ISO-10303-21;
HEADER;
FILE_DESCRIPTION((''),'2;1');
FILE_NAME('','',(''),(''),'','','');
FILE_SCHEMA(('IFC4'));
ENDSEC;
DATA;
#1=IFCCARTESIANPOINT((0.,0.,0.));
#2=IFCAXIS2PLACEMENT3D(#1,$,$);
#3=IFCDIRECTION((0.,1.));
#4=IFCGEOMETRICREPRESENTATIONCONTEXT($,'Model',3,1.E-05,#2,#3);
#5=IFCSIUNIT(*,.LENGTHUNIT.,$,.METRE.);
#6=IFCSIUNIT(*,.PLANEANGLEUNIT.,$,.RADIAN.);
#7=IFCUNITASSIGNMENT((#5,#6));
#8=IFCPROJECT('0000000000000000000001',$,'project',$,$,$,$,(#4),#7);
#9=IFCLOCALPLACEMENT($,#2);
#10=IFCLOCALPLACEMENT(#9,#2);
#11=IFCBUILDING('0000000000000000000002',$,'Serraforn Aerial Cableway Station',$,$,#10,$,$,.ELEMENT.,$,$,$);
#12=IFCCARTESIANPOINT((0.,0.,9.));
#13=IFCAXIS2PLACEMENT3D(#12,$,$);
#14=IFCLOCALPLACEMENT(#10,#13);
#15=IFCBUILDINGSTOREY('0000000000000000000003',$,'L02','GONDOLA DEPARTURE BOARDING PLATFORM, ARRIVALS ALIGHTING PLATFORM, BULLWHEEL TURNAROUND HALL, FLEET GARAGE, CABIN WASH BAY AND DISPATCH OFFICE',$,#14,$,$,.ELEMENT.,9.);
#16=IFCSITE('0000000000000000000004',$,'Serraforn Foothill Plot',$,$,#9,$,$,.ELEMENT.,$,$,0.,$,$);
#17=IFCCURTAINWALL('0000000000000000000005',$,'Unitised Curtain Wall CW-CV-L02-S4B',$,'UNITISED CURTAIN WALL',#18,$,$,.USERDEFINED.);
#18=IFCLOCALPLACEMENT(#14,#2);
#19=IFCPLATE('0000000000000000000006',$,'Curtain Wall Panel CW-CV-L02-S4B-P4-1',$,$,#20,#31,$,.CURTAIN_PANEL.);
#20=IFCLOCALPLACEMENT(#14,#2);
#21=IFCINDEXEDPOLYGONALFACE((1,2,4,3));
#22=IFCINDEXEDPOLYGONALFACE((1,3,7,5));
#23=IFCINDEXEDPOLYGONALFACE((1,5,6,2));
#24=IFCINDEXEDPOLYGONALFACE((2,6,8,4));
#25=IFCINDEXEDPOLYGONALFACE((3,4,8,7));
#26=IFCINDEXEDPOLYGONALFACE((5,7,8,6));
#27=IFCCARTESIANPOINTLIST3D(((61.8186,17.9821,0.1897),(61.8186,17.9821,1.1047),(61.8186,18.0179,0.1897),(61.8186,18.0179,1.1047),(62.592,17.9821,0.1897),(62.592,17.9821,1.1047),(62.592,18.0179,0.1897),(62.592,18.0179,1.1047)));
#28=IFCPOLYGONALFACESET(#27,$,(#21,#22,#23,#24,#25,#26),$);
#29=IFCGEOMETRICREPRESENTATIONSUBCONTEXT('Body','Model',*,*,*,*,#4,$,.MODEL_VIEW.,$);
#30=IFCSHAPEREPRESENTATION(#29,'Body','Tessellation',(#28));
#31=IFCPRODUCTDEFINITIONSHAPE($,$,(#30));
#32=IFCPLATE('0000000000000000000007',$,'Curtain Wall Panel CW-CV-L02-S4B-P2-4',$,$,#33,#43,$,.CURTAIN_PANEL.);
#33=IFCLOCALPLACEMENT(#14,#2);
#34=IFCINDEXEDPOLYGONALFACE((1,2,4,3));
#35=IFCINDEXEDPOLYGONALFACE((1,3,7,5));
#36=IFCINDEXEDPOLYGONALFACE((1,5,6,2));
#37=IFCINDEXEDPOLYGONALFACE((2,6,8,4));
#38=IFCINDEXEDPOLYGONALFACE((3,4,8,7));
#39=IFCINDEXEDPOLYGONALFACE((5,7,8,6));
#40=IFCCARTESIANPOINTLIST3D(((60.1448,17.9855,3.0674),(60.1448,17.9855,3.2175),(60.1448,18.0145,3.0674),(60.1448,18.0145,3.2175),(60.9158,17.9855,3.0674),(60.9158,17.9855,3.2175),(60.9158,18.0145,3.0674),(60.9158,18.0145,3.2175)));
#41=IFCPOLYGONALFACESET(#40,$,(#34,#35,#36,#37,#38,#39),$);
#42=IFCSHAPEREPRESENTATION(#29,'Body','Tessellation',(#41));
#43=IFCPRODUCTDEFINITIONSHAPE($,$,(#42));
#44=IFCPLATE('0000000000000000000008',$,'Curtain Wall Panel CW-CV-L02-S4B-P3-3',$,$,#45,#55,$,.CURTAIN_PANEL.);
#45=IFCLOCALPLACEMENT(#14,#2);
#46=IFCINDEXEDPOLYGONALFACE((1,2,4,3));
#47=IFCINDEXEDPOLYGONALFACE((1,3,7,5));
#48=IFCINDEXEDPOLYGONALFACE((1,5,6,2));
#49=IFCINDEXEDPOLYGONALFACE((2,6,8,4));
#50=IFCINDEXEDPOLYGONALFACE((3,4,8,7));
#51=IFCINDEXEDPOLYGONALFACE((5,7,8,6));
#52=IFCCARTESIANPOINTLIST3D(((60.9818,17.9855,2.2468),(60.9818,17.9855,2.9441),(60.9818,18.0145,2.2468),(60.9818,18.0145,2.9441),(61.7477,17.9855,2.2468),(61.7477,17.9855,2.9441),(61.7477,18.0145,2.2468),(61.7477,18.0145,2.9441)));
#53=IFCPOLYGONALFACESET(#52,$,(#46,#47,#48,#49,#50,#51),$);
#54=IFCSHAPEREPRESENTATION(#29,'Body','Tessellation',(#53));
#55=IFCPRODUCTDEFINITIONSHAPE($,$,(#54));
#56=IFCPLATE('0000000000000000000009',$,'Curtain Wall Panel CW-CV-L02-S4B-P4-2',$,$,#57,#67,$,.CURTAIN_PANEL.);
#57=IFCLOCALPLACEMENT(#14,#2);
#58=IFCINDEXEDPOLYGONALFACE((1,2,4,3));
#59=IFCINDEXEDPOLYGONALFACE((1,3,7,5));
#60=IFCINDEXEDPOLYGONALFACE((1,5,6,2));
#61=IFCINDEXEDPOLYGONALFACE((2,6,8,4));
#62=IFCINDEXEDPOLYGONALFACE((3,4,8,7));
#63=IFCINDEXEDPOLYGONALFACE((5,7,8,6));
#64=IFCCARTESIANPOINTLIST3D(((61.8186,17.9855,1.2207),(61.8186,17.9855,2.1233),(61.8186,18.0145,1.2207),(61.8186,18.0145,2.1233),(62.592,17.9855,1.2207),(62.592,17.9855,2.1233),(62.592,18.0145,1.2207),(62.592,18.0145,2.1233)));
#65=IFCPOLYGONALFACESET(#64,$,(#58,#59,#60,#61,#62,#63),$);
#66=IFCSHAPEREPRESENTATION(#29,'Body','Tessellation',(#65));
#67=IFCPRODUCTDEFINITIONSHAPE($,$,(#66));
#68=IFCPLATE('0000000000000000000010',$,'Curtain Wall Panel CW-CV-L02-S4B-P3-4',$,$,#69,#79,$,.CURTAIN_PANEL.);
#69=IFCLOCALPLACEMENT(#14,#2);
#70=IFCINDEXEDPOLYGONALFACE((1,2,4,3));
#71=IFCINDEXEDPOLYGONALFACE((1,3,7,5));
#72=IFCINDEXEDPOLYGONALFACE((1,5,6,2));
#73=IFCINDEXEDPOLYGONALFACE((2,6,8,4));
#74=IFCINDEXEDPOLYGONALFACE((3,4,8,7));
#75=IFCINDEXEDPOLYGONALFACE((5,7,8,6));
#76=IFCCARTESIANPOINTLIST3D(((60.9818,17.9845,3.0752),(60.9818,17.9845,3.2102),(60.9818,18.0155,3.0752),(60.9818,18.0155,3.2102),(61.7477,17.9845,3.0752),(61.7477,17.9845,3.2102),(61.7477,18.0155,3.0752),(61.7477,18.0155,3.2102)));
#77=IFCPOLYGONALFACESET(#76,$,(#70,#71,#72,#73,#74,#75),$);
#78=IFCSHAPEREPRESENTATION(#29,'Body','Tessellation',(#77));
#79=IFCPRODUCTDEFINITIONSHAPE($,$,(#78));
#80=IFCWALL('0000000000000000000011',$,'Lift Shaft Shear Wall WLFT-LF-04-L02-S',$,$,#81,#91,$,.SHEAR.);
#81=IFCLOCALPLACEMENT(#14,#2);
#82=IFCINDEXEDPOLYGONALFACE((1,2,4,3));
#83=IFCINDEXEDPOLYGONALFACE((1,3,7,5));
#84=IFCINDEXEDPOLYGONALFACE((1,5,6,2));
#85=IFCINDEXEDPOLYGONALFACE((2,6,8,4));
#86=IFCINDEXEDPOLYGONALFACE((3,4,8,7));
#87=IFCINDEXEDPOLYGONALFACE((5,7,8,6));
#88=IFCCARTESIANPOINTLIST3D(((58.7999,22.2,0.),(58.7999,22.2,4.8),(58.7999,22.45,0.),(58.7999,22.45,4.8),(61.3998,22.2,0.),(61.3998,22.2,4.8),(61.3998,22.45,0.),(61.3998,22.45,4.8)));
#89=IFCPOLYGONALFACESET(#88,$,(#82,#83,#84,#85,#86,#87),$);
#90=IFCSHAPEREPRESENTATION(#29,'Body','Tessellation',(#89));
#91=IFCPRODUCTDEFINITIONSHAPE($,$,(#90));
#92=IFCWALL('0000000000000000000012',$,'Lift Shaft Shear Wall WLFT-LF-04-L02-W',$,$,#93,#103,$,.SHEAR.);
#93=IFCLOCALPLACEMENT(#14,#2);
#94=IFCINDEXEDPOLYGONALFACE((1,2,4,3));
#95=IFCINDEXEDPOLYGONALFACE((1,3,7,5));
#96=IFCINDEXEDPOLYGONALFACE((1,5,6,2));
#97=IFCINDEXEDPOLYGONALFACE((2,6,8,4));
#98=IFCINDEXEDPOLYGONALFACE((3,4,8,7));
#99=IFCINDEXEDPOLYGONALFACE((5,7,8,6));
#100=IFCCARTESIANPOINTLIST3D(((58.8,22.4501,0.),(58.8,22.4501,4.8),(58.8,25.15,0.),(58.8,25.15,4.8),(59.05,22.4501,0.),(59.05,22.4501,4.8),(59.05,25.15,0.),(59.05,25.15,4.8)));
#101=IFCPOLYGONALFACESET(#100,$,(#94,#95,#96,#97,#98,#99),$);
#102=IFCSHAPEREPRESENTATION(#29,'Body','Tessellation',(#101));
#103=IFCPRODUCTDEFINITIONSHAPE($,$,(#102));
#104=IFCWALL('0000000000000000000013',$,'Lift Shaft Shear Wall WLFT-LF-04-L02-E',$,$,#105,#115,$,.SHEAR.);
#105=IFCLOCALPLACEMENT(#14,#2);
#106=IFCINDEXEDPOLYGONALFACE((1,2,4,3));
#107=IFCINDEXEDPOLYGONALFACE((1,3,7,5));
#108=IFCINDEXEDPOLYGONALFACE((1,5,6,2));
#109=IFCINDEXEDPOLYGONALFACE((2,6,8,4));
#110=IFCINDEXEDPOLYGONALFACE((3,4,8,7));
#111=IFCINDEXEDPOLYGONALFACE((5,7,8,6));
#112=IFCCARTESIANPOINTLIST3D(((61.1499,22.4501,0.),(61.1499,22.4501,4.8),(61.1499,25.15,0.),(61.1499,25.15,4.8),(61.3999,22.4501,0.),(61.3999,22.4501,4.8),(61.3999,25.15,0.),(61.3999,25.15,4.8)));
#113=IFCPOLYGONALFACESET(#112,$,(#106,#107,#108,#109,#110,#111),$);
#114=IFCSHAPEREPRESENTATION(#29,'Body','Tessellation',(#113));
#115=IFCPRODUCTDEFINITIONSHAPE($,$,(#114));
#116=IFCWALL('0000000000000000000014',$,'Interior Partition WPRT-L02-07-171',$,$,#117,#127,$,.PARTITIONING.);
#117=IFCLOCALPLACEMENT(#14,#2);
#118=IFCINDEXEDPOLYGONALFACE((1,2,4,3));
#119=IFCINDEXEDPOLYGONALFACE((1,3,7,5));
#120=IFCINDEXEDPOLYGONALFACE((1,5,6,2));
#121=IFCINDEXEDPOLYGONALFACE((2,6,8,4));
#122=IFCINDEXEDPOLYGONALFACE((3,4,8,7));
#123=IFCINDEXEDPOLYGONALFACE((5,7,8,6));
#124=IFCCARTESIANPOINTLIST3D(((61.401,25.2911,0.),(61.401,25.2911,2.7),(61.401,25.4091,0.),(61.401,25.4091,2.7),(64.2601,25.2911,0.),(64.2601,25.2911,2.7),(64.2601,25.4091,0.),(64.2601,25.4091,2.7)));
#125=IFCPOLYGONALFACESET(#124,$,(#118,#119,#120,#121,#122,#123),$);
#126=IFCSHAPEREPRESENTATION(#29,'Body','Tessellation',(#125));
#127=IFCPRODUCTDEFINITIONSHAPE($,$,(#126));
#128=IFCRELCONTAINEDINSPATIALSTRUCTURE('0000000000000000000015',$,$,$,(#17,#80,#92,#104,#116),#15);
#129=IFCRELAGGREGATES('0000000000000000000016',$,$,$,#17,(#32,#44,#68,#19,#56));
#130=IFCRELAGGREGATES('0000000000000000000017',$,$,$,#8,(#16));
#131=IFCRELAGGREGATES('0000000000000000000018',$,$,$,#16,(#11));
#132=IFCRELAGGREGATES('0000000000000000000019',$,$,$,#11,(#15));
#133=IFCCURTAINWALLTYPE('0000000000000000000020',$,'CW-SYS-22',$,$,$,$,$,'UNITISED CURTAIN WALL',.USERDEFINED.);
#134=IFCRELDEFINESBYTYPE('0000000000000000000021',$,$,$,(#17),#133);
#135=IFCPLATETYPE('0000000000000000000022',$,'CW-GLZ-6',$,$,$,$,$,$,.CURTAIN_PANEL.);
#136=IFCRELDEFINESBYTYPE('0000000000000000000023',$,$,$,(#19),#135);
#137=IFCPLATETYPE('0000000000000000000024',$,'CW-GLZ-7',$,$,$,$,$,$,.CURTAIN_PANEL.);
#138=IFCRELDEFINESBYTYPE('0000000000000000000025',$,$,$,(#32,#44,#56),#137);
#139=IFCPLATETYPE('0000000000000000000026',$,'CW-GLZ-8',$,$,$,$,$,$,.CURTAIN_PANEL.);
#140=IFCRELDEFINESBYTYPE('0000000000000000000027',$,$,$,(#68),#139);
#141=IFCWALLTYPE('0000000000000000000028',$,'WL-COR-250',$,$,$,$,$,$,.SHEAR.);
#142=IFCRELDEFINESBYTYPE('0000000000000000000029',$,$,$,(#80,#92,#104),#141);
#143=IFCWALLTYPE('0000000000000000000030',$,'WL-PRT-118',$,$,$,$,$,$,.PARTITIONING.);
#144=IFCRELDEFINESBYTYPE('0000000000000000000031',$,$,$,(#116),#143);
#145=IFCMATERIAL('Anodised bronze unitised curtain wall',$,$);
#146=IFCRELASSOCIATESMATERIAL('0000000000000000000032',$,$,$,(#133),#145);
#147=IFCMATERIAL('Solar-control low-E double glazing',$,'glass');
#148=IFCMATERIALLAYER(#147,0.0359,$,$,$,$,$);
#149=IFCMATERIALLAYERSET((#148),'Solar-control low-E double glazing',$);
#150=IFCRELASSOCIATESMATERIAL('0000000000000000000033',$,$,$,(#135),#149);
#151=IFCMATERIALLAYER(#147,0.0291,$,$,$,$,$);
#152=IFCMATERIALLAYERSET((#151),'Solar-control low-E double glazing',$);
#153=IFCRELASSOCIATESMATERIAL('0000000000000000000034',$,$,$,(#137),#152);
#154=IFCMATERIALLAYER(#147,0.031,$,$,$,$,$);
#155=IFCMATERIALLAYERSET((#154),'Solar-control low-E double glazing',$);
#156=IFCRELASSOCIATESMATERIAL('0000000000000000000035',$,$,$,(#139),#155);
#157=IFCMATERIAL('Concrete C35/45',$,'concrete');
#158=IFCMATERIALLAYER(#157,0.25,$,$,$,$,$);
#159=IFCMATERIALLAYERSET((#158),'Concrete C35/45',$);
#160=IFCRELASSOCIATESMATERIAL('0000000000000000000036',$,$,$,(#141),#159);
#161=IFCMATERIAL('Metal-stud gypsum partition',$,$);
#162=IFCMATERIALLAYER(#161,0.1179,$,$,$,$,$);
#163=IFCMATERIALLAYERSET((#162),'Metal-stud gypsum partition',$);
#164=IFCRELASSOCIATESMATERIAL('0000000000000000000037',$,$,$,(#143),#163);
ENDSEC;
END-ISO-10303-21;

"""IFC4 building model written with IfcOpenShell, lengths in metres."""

from ifc_helpers import new_model, si_unit, direction, frame, frame_2d, origin, origin_2d, place, context, subcontext, project, spatial, rectangle, extrude, material, layer, layer_set, type_object, element, aggregate, save


model = new_model("IFC4")

# Units and contexts
model_context = context("Model", 3, precision=1e-05, world=origin(), true_north=direction((0.0, 1.0)))
body_context = subcontext(model_context, "Body", "Model", "MODEL_VIEW")
ifc_project = project(units=[si_unit("LENGTHUNIT", "METRE"), si_unit("PLANEANGLEUNIT", "RADIAN")], contexts=[model_context])

# Site, building, storey
site_placement = place(None, origin())
site = spatial("IfcSite", under=ifc_project, at=site_placement, Name="Serraforn Foothill Plot", CompositionType="ELEMENT", RefElevation=0.0)
building_placement = place(site_placement, origin())
building = spatial("IfcBuilding", under=site, at=building_placement, Name="Serraforn Aerial Cableway Station", CompositionType="ELEMENT")
storey_placement = place(building_placement, frame((0.0, 0.0, 9.0)))
storey = spatial("IfcBuildingStorey", under=building, at=storey_placement, Name="L02", Description="GONDOLA DEPARTURE BOARDING PLATFORM, ARRIVALS ALIGHTING PLATFORM, BULLWHEEL TURNAROUND HALL, FLEET GARAGE, CABIN WASH BAY AND DISPATCH OFFICE", CompositionType="ELEMENT", Elevation=9.0)

# Shared definitions
ifc_material_1 = material(Name="Concrete C35/45", Category="concrete")

# Curtain wall, plates
ifc_material_2 = material(Name="Anodised bronze unitised curtain wall")
curtain_wall_type = type_object("IfcCurtainWallType", Name="CW-SYS-22", ElementType="UNITISED CURTAIN WALL", PredefinedType="USERDEFINED", material=ifc_material_2)
curtain_wall_placement = place(storey_placement, origin())
curtain_wall = element("IfcCurtainWall", 1, at=curtain_wall_placement, inside=storey, type_object=curtain_wall_type, Name="Unitised Curtain Wall CW-CV-L02-S4B", ObjectType="UNITISED CURTAIN WALL", PredefinedType="USERDEFINED")
ifc_material_3 = material(Name="Solar-control low-E double glazing", Category="glass")
ifc_layer_1 = layer(ifc_material_3, 0.0359)
ifc_layer_set_1 = layer_set([ifc_layer_1], Name="Solar-control low-E double glazing")
plate_type_1 = type_object("IfcPlateType", Name="CW-GLZ-6", PredefinedType="CURTAIN_PANEL", material=ifc_layer_set_1)
plate_1_placement = place(storey_placement, frame((62.2053, 18.0, 0.1897), z_axis=(0.0, 0.0, 1.0), x_axis=(1.0, 0.0, 0.0)))
plate_1 = element("IfcPlate", 2, at=plate_1_placement, type_object=plate_type_1, Name="Curtain Wall Panel CW-CV-L02-S4B-P4-1", PredefinedType="CURTAIN_PANEL", context=body_context, shape_type="SweptSolid", body=[
    extrude(rectangle(XDim=0.7734, YDim=0.0359, at=origin_2d()), origin(), (0.0, 0.0, 1.0), 0.915),
])
ifc_layer_2 = layer(ifc_material_3, 0.0291)
ifc_layer_set_2 = layer_set([ifc_layer_2], Name="Solar-control low-E double glazing")
plate_type_2 = type_object("IfcPlateType", Name="CW-GLZ-7", PredefinedType="CURTAIN_PANEL", material=ifc_layer_set_2)
plate_2_placement = place(storey_placement, frame((60.5303, 18.0, 3.0674), z_axis=(0.0, 0.0, 1.0), x_axis=(1.0, 0.0, 0.0)))
plate_2 = element("IfcPlate", 3, at=plate_2_placement, type_object=plate_type_2, Name="Curtain Wall Panel CW-CV-L02-S4B-P2-4", PredefinedType="CURTAIN_PANEL", context=body_context, shape_type="SweptSolid", body=[
    extrude(rectangle(XDim=0.771, YDim=0.0291, at=origin_2d()), origin(), (0.0, 0.0, 1.0), 0.1501),
])
plate_3_placement = place(storey_placement, frame((61.3647, 18.0, 2.2468), z_axis=(0.0, 0.0, 1.0), x_axis=(1.0, 0.0, 0.0)))
plate_3 = element("IfcPlate", 4, at=plate_3_placement, type_object=plate_type_2, Name="Curtain Wall Panel CW-CV-L02-S4B-P3-3", PredefinedType="CURTAIN_PANEL", context=body_context, shape_type="SweptSolid", body=[
    extrude(rectangle(XDim=0.7659, YDim=0.0291, at=origin_2d()), origin(), (0.0, 0.0, 1.0), 0.6973),
])
plate_4_placement = place(storey_placement, frame((62.2053, 18.0, 1.2207), z_axis=(0.0, 0.0, 1.0), x_axis=(1.0, 0.0, 0.0)))
plate_4 = element("IfcPlate", 5, at=plate_4_placement, type_object=plate_type_2, Name="Curtain Wall Panel CW-CV-L02-S4B-P4-2", PredefinedType="CURTAIN_PANEL", context=body_context, shape_type="SweptSolid", body=[
    extrude(rectangle(XDim=0.7734, YDim=0.0291, at=origin_2d()), origin(), (0.0, 0.0, 1.0), 0.9026),
])
ifc_layer_3 = layer(ifc_material_3, 0.031)
ifc_layer_set_3 = layer_set([ifc_layer_3], Name="Solar-control low-E double glazing")
plate_type_3 = type_object("IfcPlateType", Name="CW-GLZ-8", PredefinedType="CURTAIN_PANEL", material=ifc_layer_set_3)
plate_5_placement = place(storey_placement, frame((61.3647, 18.0, 3.0752), z_axis=(0.0, 0.0, 1.0), x_axis=(1.0, 0.0, 0.0)))
plate_5 = element("IfcPlate", 6, at=plate_5_placement, type_object=plate_type_3, Name="Curtain Wall Panel CW-CV-L02-S4B-P3-4", PredefinedType="CURTAIN_PANEL", context=body_context, shape_type="SweptSolid", body=[
    extrude(rectangle(XDim=0.7659, YDim=0.031, at=origin_2d()), origin(), (0.0, 0.0, 1.0), 0.135),
])
aggregate(curtain_wall, [plate_2, plate_3, plate_5, plate_1, plate_4])

# Wall
ifc_layer_4 = layer(ifc_material_1, 0.25)
ifc_layer_set_4 = layer_set([ifc_layer_4], Name="Concrete C35/45")
wall_type_1 = type_object("IfcWallType", Name="WL-COR-250", PredefinedType="SHEAR", material=ifc_layer_set_4)
wall_1_placement = place(storey_placement, frame((58.8, 22.325, 0.0), z_axis=(0.0, 0.0, 1.0), x_axis=(1.0, 0.0, 0.0)))
element("IfcWall", 7, at=wall_1_placement, inside=storey, type_object=wall_type_1, Name="Lift Shaft Shear Wall WLFT-LF-04-L02-S", PredefinedType="SHEAR", context=body_context, shape_type="SweptSolid", body=[
    extrude(rectangle(XDim=2.5999, YDim=0.25, at=frame_2d((1.2998, 0.0))), origin(), (0.0, 0.0, 1.0), 4.8),
])

# Walls
for number, where, z_axis, x_axis, name in (
    (8, (58.925, 22.45, 0.0), (0.0, 0.0, 1.0), (0.0, 1.0, 0.0), "Lift Shaft Shear Wall WLFT-LF-04-L02-W"),
    (9, (61.2749, 22.45, 0.0), (0.0, 0.0, 1.0), (0.0, 1.0, 0.0), "Lift Shaft Shear Wall WLFT-LF-04-L02-E"),
):
    element("IfcWall", number, at=place(storey_placement, frame(where, z_axis=z_axis, x_axis=x_axis)), inside=storey, type_object=wall_type_1, Name=name, PredefinedType="SHEAR", context=body_context, shape_type="SweptSolid", body=[
        extrude(rectangle(XDim=2.7, YDim=0.25, at=frame_2d((1.3501, 0.0))), origin(), (0.0, 0.0, 1.0), 4.8),
    ])
ifc_material_4 = material(Name="Metal-stud gypsum partition")
ifc_layer_5 = layer(ifc_material_4, 0.1179)
ifc_layer_set_5 = layer_set([ifc_layer_5], Name="Metal-stud gypsum partition")
wall_type_2 = type_object("IfcWallType", Name="WL-PRT-118", PredefinedType="PARTITIONING", material=ifc_layer_set_5)
wall_2_placement = place(storey_placement, frame((61.4009, 25.3501, 0.0), z_axis=(0.0, 0.0, 1.0), x_axis=(1.0, 0.0, 0.0)))
element("IfcWall", 10, at=wall_2_placement, inside=storey, type_object=wall_type_2, Name="Interior Partition WPRT-L02-07-171", PredefinedType="PARTITIONING", context=body_context, shape_type="SweptSolid", body=[
    extrude(rectangle(XDim=2.8591, YDim=0.1179, at=frame_2d((1.4297, 0.0))), origin(), (0.0, 0.0, 1.0), 2.7),
])

save(model, "model.ifc")
